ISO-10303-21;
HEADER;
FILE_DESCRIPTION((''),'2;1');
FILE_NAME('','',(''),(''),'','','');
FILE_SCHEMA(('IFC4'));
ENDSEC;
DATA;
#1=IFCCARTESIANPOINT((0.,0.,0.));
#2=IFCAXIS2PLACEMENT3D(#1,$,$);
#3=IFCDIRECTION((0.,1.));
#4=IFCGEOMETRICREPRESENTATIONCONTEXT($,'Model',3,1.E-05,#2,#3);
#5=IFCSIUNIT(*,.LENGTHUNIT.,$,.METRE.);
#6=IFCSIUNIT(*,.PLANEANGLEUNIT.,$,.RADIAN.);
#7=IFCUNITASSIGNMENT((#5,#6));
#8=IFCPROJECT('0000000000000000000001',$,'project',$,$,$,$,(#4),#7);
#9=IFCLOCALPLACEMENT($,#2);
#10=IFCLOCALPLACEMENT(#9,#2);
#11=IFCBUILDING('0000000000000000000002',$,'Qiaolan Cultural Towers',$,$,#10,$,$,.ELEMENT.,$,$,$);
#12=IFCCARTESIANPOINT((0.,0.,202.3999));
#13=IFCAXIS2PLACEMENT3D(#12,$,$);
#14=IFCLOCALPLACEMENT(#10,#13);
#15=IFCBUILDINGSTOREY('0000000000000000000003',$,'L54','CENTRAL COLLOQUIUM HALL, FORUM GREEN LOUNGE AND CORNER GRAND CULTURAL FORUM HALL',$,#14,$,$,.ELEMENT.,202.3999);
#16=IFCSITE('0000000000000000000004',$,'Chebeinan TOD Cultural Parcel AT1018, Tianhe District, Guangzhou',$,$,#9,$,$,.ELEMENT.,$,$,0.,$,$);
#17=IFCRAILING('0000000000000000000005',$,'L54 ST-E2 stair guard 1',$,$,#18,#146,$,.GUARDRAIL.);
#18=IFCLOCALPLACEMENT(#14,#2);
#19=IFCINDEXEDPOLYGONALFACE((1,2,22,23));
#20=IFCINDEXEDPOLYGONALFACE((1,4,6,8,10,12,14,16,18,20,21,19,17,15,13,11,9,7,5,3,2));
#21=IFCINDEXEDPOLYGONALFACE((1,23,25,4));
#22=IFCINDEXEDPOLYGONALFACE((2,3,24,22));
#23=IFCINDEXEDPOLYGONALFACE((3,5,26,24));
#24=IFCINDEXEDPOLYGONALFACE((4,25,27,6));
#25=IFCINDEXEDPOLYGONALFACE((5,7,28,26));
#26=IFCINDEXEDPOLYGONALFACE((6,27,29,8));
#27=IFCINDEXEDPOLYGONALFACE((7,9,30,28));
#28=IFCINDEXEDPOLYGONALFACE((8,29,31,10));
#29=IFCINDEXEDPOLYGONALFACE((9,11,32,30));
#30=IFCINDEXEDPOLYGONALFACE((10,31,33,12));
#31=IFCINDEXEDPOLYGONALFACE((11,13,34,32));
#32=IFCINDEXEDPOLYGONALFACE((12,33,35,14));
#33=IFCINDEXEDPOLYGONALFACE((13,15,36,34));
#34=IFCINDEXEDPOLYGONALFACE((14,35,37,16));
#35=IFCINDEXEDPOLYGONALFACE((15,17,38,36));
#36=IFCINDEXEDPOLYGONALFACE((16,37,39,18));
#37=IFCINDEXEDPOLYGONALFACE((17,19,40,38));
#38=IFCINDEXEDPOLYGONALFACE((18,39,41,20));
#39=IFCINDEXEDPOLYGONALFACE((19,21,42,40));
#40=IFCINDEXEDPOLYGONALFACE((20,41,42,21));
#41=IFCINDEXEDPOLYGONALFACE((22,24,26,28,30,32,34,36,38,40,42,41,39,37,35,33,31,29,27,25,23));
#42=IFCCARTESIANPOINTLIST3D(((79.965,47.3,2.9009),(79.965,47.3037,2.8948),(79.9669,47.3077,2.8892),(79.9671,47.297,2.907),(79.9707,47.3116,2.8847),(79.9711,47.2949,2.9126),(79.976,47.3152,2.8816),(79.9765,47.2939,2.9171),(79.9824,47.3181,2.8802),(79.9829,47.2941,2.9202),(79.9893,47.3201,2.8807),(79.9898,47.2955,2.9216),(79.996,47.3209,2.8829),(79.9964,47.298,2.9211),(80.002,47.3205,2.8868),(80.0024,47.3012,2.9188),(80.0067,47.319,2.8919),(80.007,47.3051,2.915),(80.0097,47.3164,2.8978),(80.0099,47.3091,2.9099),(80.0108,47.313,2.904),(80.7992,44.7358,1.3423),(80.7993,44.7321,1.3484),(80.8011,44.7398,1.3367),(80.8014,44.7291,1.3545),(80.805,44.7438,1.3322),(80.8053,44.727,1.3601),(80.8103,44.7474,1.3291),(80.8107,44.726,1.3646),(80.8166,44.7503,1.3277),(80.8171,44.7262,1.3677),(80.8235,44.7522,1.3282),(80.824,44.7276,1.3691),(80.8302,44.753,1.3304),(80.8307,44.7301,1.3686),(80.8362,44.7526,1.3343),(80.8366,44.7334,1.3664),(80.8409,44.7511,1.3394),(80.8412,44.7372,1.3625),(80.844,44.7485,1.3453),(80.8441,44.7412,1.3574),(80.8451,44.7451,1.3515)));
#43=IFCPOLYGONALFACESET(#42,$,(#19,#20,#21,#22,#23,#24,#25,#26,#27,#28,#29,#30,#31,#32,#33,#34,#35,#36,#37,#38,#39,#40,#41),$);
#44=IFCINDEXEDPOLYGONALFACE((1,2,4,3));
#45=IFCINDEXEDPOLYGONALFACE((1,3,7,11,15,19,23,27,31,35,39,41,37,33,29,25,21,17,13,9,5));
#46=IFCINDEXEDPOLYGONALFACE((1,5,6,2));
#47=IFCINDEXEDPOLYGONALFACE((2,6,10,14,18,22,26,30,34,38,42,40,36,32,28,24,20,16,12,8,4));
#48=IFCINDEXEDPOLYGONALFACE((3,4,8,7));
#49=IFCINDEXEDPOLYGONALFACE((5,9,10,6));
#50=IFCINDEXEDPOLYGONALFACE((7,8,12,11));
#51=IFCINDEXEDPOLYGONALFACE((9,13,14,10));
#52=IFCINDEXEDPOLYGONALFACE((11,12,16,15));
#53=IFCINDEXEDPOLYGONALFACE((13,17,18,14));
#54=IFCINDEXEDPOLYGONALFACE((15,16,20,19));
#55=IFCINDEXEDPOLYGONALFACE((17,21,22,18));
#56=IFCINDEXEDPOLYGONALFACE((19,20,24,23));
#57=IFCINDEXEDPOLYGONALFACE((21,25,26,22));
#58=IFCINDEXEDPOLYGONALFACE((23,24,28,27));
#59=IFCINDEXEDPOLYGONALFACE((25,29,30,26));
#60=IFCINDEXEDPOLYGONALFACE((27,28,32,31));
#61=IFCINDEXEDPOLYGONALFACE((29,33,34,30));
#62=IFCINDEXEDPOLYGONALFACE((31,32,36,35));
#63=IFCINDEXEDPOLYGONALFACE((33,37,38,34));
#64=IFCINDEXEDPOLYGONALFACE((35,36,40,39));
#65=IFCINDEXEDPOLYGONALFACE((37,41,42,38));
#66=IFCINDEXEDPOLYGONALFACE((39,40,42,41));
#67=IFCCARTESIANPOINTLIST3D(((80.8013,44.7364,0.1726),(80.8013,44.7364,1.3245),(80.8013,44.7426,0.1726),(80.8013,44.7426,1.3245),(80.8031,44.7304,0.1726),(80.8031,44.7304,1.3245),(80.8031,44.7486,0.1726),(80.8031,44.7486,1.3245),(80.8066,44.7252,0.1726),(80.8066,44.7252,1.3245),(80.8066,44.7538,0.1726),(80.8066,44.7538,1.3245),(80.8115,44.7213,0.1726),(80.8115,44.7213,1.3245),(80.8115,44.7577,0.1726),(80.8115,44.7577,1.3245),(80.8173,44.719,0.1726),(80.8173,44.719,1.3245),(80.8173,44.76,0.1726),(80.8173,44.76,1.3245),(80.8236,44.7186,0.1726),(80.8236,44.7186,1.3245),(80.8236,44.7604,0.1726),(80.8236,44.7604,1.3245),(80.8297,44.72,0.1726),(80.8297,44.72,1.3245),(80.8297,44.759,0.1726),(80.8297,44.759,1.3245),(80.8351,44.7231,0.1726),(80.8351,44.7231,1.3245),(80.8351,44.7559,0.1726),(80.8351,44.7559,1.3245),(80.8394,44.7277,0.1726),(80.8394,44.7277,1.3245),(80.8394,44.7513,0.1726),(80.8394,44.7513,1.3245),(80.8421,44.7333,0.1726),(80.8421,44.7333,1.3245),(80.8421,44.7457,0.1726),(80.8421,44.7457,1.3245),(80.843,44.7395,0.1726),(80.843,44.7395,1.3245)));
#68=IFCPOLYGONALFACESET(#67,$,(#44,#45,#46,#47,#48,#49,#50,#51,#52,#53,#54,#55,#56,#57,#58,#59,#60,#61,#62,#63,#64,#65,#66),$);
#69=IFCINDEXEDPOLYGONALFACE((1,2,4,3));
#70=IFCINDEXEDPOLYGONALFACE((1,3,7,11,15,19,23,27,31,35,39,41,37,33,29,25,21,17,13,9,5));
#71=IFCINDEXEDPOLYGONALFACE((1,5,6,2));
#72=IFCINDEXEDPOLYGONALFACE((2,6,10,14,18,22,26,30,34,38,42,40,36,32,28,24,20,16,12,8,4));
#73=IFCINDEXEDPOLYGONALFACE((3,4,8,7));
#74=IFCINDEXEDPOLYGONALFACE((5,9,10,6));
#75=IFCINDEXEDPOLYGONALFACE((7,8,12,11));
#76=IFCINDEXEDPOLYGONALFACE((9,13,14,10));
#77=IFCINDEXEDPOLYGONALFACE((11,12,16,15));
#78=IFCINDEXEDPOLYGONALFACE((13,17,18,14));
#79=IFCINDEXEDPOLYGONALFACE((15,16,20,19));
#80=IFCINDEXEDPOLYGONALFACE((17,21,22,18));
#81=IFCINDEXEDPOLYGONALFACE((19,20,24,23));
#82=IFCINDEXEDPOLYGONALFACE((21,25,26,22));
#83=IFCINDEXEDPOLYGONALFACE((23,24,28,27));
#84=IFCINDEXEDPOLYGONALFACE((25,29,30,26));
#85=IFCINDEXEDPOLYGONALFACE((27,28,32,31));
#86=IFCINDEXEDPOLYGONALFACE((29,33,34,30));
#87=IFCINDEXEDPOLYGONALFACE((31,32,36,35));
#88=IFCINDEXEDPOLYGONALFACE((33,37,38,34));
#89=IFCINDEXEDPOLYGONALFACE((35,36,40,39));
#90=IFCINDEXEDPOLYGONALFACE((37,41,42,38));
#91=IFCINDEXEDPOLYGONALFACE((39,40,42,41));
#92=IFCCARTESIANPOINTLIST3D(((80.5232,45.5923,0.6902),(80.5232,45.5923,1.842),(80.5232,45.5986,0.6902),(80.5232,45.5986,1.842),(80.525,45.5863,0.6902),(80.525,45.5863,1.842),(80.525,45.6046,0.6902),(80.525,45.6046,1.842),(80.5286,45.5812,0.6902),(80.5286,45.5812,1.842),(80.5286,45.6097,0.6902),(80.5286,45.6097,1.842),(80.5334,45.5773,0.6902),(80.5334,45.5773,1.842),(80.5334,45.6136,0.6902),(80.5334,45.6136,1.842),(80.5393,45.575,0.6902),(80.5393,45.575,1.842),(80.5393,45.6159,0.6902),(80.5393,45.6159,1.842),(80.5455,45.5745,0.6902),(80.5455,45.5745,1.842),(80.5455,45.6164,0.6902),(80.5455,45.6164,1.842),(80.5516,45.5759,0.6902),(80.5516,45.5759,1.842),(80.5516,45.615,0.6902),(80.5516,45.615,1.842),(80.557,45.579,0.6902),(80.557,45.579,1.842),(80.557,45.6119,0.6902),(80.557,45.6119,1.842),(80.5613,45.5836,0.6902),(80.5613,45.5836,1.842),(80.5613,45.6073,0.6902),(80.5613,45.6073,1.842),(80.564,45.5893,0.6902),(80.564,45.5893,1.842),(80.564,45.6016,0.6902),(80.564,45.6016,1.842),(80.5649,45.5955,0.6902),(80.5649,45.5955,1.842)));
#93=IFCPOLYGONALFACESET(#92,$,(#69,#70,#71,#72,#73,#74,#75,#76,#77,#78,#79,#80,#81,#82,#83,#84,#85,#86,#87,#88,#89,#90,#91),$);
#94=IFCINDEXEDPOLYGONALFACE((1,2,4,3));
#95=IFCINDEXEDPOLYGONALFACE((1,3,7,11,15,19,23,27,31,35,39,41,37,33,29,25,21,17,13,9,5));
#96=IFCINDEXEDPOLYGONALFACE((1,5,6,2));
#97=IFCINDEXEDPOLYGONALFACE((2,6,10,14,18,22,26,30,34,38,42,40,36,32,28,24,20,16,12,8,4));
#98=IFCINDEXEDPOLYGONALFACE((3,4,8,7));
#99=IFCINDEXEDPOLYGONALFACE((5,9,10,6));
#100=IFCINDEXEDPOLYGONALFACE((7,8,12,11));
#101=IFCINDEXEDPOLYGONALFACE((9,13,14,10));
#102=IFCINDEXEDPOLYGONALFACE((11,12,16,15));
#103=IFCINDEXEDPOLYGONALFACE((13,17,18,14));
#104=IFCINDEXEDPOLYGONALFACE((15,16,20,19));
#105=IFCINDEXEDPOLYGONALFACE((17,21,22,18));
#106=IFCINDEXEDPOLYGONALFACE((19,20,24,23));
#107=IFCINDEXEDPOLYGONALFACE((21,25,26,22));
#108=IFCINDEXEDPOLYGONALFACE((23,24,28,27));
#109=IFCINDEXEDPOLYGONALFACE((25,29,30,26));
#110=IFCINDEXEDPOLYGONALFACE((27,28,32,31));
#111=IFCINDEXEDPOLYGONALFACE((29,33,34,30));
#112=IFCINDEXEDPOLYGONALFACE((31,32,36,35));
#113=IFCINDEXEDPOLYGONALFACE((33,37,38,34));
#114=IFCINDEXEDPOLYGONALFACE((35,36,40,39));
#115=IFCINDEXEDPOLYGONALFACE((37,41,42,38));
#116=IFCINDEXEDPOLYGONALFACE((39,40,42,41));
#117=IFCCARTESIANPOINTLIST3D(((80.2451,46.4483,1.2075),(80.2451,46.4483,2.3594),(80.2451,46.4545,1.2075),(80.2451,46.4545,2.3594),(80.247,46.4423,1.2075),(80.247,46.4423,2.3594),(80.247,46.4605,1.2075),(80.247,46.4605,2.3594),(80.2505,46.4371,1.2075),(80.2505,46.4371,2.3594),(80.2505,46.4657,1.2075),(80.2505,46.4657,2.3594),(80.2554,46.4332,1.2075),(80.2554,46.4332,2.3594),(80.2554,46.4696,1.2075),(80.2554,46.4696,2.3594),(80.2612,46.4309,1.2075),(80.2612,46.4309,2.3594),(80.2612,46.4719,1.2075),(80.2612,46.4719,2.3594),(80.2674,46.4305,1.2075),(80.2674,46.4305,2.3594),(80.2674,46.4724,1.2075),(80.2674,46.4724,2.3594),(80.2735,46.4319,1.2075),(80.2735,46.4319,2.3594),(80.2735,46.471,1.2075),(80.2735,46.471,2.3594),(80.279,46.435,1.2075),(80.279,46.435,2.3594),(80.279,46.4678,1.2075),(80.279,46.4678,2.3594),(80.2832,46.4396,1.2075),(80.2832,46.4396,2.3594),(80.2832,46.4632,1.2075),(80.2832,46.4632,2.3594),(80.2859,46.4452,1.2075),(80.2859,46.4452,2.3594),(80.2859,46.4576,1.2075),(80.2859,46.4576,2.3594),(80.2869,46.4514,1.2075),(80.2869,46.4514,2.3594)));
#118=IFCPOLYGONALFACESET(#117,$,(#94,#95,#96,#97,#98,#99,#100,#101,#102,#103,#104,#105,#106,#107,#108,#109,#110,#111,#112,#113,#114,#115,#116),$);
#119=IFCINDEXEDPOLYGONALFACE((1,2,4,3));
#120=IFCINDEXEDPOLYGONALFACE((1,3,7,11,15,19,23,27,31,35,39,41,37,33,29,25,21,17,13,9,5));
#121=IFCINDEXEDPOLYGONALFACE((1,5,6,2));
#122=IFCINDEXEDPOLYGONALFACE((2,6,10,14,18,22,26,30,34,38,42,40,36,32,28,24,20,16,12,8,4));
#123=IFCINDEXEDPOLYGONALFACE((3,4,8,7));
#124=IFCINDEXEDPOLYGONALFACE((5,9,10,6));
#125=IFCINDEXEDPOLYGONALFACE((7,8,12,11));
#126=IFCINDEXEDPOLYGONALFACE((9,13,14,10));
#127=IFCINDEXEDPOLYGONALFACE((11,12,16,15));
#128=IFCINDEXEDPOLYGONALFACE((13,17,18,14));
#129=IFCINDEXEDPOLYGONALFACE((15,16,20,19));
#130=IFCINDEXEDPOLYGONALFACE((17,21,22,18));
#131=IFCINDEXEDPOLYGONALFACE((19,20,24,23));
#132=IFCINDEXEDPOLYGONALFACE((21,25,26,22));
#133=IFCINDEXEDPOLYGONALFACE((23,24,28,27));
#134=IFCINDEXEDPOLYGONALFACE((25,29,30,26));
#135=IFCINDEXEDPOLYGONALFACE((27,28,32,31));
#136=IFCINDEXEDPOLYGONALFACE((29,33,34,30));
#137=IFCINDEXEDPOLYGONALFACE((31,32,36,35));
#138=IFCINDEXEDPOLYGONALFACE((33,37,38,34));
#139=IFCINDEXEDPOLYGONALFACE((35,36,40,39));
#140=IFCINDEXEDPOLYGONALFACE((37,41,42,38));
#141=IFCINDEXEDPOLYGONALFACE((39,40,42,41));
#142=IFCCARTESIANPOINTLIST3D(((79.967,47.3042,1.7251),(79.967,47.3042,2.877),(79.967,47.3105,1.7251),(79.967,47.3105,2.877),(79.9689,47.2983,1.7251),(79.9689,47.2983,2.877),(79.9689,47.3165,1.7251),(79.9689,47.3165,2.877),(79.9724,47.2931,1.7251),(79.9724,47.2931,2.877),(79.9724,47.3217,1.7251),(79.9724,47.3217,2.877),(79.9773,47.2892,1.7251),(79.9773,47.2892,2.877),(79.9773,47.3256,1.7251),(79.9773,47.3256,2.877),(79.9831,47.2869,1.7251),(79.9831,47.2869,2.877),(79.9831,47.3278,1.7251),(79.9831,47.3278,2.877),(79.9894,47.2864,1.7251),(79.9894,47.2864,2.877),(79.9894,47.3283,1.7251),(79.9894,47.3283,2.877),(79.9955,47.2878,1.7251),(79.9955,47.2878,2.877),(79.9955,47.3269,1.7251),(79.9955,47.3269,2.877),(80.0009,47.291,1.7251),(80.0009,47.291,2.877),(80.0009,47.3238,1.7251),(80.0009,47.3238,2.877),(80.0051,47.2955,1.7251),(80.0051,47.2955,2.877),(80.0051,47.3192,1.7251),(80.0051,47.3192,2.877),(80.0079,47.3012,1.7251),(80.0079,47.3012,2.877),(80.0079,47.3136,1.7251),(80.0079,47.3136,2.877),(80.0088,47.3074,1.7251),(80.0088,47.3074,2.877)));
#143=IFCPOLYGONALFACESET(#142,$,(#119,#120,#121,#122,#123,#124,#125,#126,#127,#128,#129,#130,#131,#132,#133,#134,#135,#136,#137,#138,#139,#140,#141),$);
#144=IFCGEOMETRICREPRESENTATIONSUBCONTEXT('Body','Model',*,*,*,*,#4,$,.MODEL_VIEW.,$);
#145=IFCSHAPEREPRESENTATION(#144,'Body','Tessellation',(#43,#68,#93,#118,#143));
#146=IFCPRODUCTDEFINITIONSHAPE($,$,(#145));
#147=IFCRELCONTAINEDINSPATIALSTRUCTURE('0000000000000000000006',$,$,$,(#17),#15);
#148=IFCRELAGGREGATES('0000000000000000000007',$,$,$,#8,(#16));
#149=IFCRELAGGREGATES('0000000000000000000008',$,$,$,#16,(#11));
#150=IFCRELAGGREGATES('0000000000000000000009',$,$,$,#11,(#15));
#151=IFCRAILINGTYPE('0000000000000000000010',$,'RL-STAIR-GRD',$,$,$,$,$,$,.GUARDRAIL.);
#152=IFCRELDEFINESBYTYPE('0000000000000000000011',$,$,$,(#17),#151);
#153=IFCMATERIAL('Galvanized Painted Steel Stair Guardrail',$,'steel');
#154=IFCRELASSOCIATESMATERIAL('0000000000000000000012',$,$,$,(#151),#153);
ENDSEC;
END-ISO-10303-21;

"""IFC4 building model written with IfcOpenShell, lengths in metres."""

from ifc_helpers import new_model, si_unit, direction, frame, origin, origin_2d, place, context, subcontext, project, spatial, circle, extrude, material, type_object, element, save


model = new_model("IFC4")

# Units and contexts
model_context = context("Model", 3, precision=1e-05, world=origin(), true_north=direction((0.0, 1.0)))
body_context = subcontext(model_context, "Body", "Model", "MODEL_VIEW")
ifc_project = project(units=[si_unit("LENGTHUNIT", "METRE"), si_unit("PLANEANGLEUNIT", "RADIAN")], contexts=[model_context])

# Site, building, storey
site_placement = place(None, origin())
site = spatial("IfcSite", under=ifc_project, at=site_placement, Name="Chebeinan TOD Cultural Parcel AT1018, Tianhe District, Guangzhou", CompositionType="ELEMENT", RefElevation=0.0)
building_placement = place(site_placement, origin())
building = spatial("IfcBuilding", under=site, at=building_placement, Name="Qiaolan Cultural Towers", CompositionType="ELEMENT")
storey_placement = place(building_placement, frame((0.0, 0.0, 202.3999)))
storey = spatial("IfcBuildingStorey", under=building, at=storey_placement, Name="L54", Description="CENTRAL COLLOQUIUM HALL, FORUM GREEN LOUNGE AND CORNER GRAND CULTURAL FORUM HALL", CompositionType="ELEMENT", Elevation=202.3999)

# Railing
ifc_material_1 = material(Name="Galvanized Painted Steel Stair Guardrail", Category="steel")
railing_type = type_object("IfcRailingType", Name="RL-STAIR-GRD", PredefinedType="GUARDRAIL", material=ifc_material_1)
railing_1_placement = place(storey_placement, frame((80.822, 44.7395, 0.1726)))
element("IfcRailing", 1, at=railing_1_placement, inside=storey, type_object=railing_type, Name="L54 ST-E2 stair guard 1", PredefinedType="GUARDRAIL", context=body_context, shape_type="SweptSolid", body=[
    extrude(circle(Radius=0.0239, at=origin_2d()), frame((0.0, 0.0, 1.1758), z_axis=(-0.267853, 0.824488, 0.498471), x_axis=(-0.95107, -0.308976, 0.0)), (0.0, 0.0, 1.0), 3.1145),
    extrude(circle(Radius=0.021, at=origin_2d()), origin(), (0.0, 0.0, 1.0), 1.1519),
    extrude(circle(Radius=0.021, at=origin_2d()), frame((-0.2781, 0.856, 0.5176)), (0.0, 0.0, 1.0), 1.1519),
    extrude(circle(Radius=0.021, at=origin_2d()), frame((-0.5562, 1.7119, 1.0349)), (0.0, 0.0, 1.0), 1.1519),
    extrude(circle(Radius=0.021, at=origin_2d()), frame((-0.8342, 2.5679, 1.5525)), (0.0, 0.0, 1.0), 1.1519),
])

save(model, "model.ifc")
